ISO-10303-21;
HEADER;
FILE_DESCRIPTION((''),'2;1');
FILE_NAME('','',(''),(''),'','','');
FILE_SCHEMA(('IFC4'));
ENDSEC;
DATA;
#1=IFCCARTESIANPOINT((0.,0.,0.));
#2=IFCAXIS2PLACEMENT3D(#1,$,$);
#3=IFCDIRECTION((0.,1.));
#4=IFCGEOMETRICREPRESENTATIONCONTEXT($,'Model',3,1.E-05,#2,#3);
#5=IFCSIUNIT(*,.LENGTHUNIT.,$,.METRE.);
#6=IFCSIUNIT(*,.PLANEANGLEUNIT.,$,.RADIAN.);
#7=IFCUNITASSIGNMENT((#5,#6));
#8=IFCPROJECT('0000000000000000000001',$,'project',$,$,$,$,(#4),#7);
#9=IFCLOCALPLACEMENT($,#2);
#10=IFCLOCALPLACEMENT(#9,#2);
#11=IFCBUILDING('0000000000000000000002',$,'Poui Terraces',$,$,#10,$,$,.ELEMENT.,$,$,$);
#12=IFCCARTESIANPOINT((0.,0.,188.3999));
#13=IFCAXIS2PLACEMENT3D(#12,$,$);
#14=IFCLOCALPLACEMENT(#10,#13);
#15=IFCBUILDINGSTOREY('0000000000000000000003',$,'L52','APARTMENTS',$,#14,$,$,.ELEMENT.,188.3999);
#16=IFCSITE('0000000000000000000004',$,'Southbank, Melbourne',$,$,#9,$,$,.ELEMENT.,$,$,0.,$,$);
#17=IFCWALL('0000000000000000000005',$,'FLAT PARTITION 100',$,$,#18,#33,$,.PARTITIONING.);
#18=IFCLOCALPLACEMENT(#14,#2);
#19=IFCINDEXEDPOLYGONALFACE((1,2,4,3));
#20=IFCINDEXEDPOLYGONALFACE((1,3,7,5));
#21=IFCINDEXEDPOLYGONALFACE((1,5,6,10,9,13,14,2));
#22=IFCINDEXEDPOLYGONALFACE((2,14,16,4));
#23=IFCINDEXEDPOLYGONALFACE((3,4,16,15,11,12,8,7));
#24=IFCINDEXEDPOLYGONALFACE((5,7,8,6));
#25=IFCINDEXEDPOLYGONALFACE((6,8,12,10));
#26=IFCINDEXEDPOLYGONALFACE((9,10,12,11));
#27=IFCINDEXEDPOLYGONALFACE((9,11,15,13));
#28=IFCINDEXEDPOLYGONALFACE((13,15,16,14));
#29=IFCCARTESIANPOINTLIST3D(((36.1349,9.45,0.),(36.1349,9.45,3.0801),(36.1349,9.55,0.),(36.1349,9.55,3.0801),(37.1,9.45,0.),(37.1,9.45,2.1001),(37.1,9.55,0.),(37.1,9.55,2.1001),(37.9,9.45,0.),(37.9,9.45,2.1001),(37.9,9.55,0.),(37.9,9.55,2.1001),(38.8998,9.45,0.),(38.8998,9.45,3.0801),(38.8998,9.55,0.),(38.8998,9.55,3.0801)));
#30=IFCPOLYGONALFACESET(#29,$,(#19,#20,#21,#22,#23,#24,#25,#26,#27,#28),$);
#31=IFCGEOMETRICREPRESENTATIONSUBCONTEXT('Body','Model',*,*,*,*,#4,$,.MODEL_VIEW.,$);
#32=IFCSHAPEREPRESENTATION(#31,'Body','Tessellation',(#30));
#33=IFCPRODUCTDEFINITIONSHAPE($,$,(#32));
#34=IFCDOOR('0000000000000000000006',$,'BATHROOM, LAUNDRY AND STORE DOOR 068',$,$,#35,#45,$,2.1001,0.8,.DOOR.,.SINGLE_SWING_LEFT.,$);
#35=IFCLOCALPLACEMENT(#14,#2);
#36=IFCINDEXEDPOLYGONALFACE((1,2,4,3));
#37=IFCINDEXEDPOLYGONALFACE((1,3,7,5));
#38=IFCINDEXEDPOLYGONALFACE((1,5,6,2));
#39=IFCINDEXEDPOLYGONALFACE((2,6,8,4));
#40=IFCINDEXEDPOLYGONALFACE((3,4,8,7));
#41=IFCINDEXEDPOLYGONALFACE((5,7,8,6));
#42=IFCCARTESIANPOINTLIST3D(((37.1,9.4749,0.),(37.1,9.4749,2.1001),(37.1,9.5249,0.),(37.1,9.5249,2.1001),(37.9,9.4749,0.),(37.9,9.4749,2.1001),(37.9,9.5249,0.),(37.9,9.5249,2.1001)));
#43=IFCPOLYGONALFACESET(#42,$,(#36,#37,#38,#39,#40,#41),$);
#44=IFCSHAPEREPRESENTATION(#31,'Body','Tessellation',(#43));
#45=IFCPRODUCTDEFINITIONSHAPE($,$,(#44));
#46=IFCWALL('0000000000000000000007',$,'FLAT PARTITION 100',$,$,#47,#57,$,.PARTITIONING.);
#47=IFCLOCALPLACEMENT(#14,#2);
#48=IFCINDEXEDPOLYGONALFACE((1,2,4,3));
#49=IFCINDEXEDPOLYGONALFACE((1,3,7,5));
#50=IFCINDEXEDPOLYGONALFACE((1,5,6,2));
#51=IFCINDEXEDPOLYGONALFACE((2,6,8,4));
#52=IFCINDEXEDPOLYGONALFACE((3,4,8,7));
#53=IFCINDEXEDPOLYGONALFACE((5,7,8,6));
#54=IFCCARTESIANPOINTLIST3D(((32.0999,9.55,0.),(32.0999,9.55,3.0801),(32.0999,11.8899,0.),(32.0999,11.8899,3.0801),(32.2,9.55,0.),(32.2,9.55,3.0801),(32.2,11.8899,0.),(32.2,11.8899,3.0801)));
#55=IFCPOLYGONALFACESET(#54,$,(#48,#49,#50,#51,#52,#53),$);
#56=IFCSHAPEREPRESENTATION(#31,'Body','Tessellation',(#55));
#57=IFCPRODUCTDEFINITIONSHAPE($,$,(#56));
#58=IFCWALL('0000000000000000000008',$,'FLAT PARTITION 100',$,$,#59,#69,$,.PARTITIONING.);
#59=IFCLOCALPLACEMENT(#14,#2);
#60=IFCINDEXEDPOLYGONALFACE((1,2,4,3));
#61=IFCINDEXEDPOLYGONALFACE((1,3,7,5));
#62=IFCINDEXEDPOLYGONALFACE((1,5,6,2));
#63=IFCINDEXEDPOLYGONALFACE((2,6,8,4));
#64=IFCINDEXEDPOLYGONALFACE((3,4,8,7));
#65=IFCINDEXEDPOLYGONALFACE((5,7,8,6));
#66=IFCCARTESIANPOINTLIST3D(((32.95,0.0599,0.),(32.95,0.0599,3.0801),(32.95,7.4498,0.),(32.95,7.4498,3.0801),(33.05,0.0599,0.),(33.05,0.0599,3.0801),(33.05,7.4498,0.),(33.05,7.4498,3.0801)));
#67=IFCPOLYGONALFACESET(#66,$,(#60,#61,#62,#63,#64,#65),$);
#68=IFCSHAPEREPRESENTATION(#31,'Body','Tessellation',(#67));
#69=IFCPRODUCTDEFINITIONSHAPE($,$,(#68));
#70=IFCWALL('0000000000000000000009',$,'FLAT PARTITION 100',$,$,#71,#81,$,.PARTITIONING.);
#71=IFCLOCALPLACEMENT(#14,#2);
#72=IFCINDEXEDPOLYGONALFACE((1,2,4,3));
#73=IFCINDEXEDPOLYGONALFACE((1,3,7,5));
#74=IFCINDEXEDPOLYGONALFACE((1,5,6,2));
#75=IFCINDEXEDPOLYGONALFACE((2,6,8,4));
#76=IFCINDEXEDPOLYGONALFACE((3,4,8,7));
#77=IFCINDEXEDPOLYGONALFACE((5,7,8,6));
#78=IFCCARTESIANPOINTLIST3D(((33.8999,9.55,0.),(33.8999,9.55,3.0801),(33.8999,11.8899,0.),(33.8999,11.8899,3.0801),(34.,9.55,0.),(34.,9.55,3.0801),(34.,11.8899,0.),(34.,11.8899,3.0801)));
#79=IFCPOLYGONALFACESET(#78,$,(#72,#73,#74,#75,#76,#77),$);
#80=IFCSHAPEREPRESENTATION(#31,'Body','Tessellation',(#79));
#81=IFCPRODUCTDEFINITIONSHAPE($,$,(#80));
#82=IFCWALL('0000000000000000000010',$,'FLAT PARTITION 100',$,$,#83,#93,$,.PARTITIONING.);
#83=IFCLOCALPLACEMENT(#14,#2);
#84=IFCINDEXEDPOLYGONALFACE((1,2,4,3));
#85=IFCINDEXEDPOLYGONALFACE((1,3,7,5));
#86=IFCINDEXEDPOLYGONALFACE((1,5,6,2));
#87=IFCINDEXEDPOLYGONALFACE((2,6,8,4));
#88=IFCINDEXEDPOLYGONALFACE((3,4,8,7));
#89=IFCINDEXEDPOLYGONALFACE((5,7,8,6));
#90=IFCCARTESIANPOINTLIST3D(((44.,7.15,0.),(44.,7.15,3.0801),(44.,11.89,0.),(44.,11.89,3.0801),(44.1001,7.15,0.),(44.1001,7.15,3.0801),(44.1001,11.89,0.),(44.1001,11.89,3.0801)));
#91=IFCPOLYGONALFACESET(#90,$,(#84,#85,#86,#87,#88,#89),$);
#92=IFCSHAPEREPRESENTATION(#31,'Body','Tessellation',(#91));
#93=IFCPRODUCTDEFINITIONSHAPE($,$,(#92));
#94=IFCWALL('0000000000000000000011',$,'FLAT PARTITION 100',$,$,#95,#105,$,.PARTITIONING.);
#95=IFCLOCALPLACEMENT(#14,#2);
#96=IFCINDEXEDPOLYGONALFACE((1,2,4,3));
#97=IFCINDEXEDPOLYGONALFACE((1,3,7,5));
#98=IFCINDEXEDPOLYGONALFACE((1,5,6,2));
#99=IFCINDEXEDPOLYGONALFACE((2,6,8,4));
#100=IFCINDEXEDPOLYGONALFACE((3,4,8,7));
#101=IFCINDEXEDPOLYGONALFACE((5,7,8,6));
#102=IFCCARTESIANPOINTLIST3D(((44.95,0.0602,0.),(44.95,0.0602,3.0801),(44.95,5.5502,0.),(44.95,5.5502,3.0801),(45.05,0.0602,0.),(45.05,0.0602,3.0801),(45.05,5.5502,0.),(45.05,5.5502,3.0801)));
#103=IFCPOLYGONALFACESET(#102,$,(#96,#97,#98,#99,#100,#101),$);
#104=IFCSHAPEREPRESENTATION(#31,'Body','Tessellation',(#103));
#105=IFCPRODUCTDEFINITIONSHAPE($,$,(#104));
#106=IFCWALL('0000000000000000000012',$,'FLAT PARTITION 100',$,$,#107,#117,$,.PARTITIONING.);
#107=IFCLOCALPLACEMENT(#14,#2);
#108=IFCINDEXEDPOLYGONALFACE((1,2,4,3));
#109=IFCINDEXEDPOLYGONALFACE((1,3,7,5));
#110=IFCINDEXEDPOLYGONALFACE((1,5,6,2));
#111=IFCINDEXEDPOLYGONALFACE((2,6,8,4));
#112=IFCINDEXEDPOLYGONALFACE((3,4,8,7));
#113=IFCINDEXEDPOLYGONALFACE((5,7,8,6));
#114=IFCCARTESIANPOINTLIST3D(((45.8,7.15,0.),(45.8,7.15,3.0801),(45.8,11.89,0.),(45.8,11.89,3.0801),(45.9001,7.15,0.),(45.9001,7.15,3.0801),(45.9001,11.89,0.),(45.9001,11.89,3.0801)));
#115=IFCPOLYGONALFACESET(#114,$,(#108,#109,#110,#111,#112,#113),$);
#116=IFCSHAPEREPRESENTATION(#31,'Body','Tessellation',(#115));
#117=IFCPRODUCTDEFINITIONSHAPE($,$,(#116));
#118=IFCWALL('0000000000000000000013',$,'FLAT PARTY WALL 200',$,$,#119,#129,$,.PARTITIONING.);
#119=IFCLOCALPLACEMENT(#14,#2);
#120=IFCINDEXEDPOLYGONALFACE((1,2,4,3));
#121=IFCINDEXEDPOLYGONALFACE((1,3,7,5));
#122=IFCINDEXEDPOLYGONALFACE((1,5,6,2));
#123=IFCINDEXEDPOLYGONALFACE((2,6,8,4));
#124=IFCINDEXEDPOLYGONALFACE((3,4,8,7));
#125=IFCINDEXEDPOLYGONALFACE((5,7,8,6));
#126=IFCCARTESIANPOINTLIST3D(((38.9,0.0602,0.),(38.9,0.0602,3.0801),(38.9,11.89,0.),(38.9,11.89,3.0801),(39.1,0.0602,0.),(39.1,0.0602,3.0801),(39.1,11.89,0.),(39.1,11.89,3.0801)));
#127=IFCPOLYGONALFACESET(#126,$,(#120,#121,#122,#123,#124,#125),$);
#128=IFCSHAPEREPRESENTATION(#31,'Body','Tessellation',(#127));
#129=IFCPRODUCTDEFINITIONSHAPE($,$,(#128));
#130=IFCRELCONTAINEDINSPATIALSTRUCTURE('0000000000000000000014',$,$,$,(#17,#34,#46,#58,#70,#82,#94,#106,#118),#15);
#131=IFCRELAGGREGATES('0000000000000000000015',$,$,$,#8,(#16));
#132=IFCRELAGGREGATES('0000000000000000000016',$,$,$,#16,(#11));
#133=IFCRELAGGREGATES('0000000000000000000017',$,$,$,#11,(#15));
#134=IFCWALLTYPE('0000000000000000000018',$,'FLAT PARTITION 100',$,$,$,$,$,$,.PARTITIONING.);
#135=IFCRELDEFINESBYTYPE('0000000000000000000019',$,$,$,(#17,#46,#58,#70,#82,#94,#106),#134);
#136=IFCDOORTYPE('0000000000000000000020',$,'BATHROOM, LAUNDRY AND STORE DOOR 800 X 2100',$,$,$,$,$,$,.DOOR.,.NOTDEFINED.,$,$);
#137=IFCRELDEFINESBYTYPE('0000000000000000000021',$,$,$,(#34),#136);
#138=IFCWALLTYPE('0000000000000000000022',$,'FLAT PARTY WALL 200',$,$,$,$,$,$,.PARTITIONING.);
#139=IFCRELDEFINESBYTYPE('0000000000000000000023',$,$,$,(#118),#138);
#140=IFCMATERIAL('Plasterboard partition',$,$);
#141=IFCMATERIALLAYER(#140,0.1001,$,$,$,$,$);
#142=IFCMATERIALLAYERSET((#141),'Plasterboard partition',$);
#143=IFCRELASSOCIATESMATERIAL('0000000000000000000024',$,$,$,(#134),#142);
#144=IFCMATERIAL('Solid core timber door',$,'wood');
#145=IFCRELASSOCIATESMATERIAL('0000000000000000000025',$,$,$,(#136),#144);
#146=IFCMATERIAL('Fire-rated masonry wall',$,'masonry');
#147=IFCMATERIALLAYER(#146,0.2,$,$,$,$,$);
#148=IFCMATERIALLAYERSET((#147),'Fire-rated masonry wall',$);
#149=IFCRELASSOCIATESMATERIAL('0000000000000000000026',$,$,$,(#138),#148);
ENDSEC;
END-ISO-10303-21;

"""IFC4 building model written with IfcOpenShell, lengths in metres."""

from ifc_helpers import new_model, si_unit, direction, frame, frame_2d, origin, place, context, subcontext, project, spatial, rectangle, extrude, material, layer, layer_set, type_object, element, fill, save


model = new_model("IFC4")

# Units and contexts
model_context = context("Model", 3, precision=1e-05, world=origin(), true_north=direction((0.0, 1.0)))
body_context = subcontext(model_context, "Body", "Model", "MODEL_VIEW")
ifc_project = project(units=[si_unit("LENGTHUNIT", "METRE"), si_unit("PLANEANGLEUNIT", "RADIAN")], contexts=[model_context])

# Site, building, storey
site_placement = place(None, origin())
site = spatial("IfcSite", under=ifc_project, at=site_placement, Name="Southbank, Melbourne", CompositionType="ELEMENT", RefElevation=0.0)
building_placement = place(site_placement, origin())
building = spatial("IfcBuilding", under=site, at=building_placement, Name="Poui Terraces", CompositionType="ELEMENT")
storey_placement = place(building_placement, frame((0.0, 0.0, 188.3999)))
storey = spatial("IfcBuildingStorey", under=building, at=storey_placement, Name="L52", Description="APARTMENTS", CompositionType="ELEMENT", Elevation=188.3999)

# Wall, opening, door
ifc_material_1 = material(Name="Solid core timber door", Category="wood")
ifc_material_2 = material(Name="Plasterboard partition")
ifc_layer_1 = layer(ifc_material_2, 0.1001)
ifc_layer_set_1 = layer_set([ifc_layer_1], Name="Plasterboard partition")
wall_type_1 = type_object("IfcWallType", Name="FLAT PARTITION 100", PredefinedType="PARTITIONING", material=ifc_layer_set_1)
door_type_1 = type_object("IfcDoorType", Name="BATHROOM, LAUNDRY AND STORE DOOR 800 X 2100", OperationType="NOTDEFINED", PredefinedType="DOOR", material=ifc_material_1)
wall_1_placement = place(storey_placement, frame((36.135, 9.5, 0.0), z_axis=(0.0, 0.0, 1.0), x_axis=(1.0, 0.0, 0.0)))
wall_1 = element("IfcWall", 1, at=wall_1_placement, inside=storey, type_object=wall_type_1, Name="FLAT PARTITION 100", PredefinedType="PARTITIONING", context=body_context, shape_type="SweptSolid", body=[
    extrude(rectangle(XDim=2.7649, YDim=0.1001, at=frame_2d((1.3823, 0.0))), origin(), (0.0, 0.0, 1.0), 3.0801),
])
opening_1_placement = place(wall_1_placement, frame((0.9651, 0.0, 0.0)))
opening_1 = element("IfcOpeningElement", 2, at=opening_1_placement, cuts=wall_1, PredefinedType="OPENING", context=body_context, shape_type="SweptSolid", body=[
    extrude(rectangle(XDim=0.8, YDim=2.1001, at=frame_2d((0.3999, 1.05))), frame((0.0, 0.0601, 0.0), z_axis=(0.0, -1.0, 0.0), x_axis=(1.0, 0.0, 0.0)), (0.0, 0.0, 1.0), 0.1201),
])
door_1_placement = place(opening_1_placement, origin())
door_1 = element("IfcDoor", 3, at=door_1_placement, inside=storey, type_object=door_type_1, Name="BATHROOM, LAUNDRY AND STORE DOOR 068", OperationType="SINGLE_SWING_LEFT", OverallHeight=2.1001, OverallWidth=0.8, PredefinedType="DOOR", context=body_context, shape_type="SweptSolid", body=[
    extrude(rectangle(XDim=0.8, YDim=2.1001, at=frame_2d((0.3999, 1.05))), frame((0.0, 0.0249, 0.0), z_axis=(0.0, -1.0, 0.0), x_axis=(1.0, 0.0, 0.0)), (0.0, 0.0, 1.0), 0.05),
])
fill(opening_1, door_1)

# Walls
wall_2_placement = place(storey_placement, frame((32.1499, 9.55, 0.0), z_axis=(0.0, 0.0, 1.0), x_axis=(0.0, 1.0, 0.0)))
element("IfcWall", 4, at=wall_2_placement, inside=storey, type_object=wall_type_1, Name="FLAT PARTITION 100", PredefinedType="PARTITIONING", context=body_context, shape_type="SweptSolid", body=[
    extrude(rectangle(XDim=2.3398, YDim=0.1001, at=frame_2d((1.1699, 0.0))), origin(), (0.0, 0.0, 1.0), 3.0801),
])
wall_3_placement = place(storey_placement, frame((33.0, 0.0601, 0.0), z_axis=(0.0, 0.0, 1.0), x_axis=(0.0, 1.0, 0.0)))
element("IfcWall", 5, at=wall_3_placement, inside=storey, type_object=wall_type_1, Name="FLAT PARTITION 100", PredefinedType="PARTITIONING", context=body_context, shape_type="SweptSolid", body=[
    extrude(rectangle(XDim=7.3899, YDim=0.1001, at=frame_2d((3.6948, 0.0))), origin(), (0.0, 0.0, 1.0), 3.0801),
])
wall_4_placement = place(storey_placement, frame((33.95, 9.55, 0.0), z_axis=(0.0, 0.0, 1.0), x_axis=(0.0, 1.0, 0.0)))
element("IfcWall", 6, at=wall_4_placement, inside=storey, type_object=wall_type_1, Name="FLAT PARTITION 100", PredefinedType="PARTITIONING", context=body_context, shape_type="SweptSolid", body=[
    extrude(rectangle(XDim=2.3398, YDim=0.1001, at=frame_2d((1.1699, 0.0))), origin(), (0.0, 0.0, 1.0), 3.0801),
])
wall_5_placement = place(storey_placement, frame((44.05, 7.1499, 0.0), z_axis=(0.0, 0.0, 1.0), x_axis=(0.0, 1.0, 0.0)))
element("IfcWall", 7, at=wall_5_placement, inside=storey, type_object=wall_type_1, Name="FLAT PARTITION 100", PredefinedType="PARTITIONING", context=body_context, shape_type="SweptSolid", body=[
    extrude(rectangle(XDim=4.74, YDim=0.1001, at=frame_2d((2.3701, 0.0))), origin(), (0.0, 0.0, 1.0), 3.0801),
])
wall_6_placement = place(storey_placement, frame((45.0, 0.0601, 0.0), z_axis=(0.0, 0.0, 1.0), x_axis=(0.0, 1.0, 0.0)))
element("IfcWall", 8, at=wall_6_placement, inside=storey, type_object=wall_type_1, Name="FLAT PARTITION 100", PredefinedType="PARTITIONING", context=body_context, shape_type="SweptSolid", body=[
    extrude(rectangle(XDim=5.49, YDim=0.1001, at=frame_2d((2.7451, 0.0))), origin(), (0.0, 0.0, 1.0), 3.0801),
])
wall_7_placement = place(storey_placement, frame((45.8501, 7.1499, 0.0), z_axis=(0.0, 0.0, 1.0), x_axis=(0.0, 1.0, 0.0)))
element("IfcWall", 9, at=wall_7_placement, inside=storey, type_object=wall_type_1, Name="FLAT PARTITION 100", PredefinedType="PARTITIONING", context=body_context, shape_type="SweptSolid", body=[
    extrude(rectangle(XDim=4.74, YDim=0.1001, at=frame_2d((2.3701, 0.0))), origin(), (0.0, 0.0, 1.0), 3.0801),
])
ifc_material_3 = material(Name="Fire-rated masonry wall", Category="masonry")
ifc_layer_2 = layer(ifc_material_3, 0.2)
ifc_layer_set_2 = layer_set([ifc_layer_2], Name="Fire-rated masonry wall")
wall_type_2 = type_object("IfcWallType", Name="FLAT PARTY WALL 200", PredefinedType="PARTITIONING", material=ifc_layer_set_2)
wall_8_placement = place(storey_placement, frame((39.0, 0.0601, 0.0), z_axis=(0.0, 0.0, 1.0), x_axis=(0.0, 1.0, 0.0)))
element("IfcWall", 10, at=wall_8_placement, inside=storey, type_object=wall_type_2, Name="FLAT PARTY WALL 200", PredefinedType="PARTITIONING", context=body_context, shape_type="SweptSolid", body=[
    extrude(rectangle(XDim=11.8298, YDim=0.2, at=frame_2d((5.915, 0.0))), origin(), (0.0, 0.0, 1.0), 3.0801),
])

save(model, "model.ifc")
